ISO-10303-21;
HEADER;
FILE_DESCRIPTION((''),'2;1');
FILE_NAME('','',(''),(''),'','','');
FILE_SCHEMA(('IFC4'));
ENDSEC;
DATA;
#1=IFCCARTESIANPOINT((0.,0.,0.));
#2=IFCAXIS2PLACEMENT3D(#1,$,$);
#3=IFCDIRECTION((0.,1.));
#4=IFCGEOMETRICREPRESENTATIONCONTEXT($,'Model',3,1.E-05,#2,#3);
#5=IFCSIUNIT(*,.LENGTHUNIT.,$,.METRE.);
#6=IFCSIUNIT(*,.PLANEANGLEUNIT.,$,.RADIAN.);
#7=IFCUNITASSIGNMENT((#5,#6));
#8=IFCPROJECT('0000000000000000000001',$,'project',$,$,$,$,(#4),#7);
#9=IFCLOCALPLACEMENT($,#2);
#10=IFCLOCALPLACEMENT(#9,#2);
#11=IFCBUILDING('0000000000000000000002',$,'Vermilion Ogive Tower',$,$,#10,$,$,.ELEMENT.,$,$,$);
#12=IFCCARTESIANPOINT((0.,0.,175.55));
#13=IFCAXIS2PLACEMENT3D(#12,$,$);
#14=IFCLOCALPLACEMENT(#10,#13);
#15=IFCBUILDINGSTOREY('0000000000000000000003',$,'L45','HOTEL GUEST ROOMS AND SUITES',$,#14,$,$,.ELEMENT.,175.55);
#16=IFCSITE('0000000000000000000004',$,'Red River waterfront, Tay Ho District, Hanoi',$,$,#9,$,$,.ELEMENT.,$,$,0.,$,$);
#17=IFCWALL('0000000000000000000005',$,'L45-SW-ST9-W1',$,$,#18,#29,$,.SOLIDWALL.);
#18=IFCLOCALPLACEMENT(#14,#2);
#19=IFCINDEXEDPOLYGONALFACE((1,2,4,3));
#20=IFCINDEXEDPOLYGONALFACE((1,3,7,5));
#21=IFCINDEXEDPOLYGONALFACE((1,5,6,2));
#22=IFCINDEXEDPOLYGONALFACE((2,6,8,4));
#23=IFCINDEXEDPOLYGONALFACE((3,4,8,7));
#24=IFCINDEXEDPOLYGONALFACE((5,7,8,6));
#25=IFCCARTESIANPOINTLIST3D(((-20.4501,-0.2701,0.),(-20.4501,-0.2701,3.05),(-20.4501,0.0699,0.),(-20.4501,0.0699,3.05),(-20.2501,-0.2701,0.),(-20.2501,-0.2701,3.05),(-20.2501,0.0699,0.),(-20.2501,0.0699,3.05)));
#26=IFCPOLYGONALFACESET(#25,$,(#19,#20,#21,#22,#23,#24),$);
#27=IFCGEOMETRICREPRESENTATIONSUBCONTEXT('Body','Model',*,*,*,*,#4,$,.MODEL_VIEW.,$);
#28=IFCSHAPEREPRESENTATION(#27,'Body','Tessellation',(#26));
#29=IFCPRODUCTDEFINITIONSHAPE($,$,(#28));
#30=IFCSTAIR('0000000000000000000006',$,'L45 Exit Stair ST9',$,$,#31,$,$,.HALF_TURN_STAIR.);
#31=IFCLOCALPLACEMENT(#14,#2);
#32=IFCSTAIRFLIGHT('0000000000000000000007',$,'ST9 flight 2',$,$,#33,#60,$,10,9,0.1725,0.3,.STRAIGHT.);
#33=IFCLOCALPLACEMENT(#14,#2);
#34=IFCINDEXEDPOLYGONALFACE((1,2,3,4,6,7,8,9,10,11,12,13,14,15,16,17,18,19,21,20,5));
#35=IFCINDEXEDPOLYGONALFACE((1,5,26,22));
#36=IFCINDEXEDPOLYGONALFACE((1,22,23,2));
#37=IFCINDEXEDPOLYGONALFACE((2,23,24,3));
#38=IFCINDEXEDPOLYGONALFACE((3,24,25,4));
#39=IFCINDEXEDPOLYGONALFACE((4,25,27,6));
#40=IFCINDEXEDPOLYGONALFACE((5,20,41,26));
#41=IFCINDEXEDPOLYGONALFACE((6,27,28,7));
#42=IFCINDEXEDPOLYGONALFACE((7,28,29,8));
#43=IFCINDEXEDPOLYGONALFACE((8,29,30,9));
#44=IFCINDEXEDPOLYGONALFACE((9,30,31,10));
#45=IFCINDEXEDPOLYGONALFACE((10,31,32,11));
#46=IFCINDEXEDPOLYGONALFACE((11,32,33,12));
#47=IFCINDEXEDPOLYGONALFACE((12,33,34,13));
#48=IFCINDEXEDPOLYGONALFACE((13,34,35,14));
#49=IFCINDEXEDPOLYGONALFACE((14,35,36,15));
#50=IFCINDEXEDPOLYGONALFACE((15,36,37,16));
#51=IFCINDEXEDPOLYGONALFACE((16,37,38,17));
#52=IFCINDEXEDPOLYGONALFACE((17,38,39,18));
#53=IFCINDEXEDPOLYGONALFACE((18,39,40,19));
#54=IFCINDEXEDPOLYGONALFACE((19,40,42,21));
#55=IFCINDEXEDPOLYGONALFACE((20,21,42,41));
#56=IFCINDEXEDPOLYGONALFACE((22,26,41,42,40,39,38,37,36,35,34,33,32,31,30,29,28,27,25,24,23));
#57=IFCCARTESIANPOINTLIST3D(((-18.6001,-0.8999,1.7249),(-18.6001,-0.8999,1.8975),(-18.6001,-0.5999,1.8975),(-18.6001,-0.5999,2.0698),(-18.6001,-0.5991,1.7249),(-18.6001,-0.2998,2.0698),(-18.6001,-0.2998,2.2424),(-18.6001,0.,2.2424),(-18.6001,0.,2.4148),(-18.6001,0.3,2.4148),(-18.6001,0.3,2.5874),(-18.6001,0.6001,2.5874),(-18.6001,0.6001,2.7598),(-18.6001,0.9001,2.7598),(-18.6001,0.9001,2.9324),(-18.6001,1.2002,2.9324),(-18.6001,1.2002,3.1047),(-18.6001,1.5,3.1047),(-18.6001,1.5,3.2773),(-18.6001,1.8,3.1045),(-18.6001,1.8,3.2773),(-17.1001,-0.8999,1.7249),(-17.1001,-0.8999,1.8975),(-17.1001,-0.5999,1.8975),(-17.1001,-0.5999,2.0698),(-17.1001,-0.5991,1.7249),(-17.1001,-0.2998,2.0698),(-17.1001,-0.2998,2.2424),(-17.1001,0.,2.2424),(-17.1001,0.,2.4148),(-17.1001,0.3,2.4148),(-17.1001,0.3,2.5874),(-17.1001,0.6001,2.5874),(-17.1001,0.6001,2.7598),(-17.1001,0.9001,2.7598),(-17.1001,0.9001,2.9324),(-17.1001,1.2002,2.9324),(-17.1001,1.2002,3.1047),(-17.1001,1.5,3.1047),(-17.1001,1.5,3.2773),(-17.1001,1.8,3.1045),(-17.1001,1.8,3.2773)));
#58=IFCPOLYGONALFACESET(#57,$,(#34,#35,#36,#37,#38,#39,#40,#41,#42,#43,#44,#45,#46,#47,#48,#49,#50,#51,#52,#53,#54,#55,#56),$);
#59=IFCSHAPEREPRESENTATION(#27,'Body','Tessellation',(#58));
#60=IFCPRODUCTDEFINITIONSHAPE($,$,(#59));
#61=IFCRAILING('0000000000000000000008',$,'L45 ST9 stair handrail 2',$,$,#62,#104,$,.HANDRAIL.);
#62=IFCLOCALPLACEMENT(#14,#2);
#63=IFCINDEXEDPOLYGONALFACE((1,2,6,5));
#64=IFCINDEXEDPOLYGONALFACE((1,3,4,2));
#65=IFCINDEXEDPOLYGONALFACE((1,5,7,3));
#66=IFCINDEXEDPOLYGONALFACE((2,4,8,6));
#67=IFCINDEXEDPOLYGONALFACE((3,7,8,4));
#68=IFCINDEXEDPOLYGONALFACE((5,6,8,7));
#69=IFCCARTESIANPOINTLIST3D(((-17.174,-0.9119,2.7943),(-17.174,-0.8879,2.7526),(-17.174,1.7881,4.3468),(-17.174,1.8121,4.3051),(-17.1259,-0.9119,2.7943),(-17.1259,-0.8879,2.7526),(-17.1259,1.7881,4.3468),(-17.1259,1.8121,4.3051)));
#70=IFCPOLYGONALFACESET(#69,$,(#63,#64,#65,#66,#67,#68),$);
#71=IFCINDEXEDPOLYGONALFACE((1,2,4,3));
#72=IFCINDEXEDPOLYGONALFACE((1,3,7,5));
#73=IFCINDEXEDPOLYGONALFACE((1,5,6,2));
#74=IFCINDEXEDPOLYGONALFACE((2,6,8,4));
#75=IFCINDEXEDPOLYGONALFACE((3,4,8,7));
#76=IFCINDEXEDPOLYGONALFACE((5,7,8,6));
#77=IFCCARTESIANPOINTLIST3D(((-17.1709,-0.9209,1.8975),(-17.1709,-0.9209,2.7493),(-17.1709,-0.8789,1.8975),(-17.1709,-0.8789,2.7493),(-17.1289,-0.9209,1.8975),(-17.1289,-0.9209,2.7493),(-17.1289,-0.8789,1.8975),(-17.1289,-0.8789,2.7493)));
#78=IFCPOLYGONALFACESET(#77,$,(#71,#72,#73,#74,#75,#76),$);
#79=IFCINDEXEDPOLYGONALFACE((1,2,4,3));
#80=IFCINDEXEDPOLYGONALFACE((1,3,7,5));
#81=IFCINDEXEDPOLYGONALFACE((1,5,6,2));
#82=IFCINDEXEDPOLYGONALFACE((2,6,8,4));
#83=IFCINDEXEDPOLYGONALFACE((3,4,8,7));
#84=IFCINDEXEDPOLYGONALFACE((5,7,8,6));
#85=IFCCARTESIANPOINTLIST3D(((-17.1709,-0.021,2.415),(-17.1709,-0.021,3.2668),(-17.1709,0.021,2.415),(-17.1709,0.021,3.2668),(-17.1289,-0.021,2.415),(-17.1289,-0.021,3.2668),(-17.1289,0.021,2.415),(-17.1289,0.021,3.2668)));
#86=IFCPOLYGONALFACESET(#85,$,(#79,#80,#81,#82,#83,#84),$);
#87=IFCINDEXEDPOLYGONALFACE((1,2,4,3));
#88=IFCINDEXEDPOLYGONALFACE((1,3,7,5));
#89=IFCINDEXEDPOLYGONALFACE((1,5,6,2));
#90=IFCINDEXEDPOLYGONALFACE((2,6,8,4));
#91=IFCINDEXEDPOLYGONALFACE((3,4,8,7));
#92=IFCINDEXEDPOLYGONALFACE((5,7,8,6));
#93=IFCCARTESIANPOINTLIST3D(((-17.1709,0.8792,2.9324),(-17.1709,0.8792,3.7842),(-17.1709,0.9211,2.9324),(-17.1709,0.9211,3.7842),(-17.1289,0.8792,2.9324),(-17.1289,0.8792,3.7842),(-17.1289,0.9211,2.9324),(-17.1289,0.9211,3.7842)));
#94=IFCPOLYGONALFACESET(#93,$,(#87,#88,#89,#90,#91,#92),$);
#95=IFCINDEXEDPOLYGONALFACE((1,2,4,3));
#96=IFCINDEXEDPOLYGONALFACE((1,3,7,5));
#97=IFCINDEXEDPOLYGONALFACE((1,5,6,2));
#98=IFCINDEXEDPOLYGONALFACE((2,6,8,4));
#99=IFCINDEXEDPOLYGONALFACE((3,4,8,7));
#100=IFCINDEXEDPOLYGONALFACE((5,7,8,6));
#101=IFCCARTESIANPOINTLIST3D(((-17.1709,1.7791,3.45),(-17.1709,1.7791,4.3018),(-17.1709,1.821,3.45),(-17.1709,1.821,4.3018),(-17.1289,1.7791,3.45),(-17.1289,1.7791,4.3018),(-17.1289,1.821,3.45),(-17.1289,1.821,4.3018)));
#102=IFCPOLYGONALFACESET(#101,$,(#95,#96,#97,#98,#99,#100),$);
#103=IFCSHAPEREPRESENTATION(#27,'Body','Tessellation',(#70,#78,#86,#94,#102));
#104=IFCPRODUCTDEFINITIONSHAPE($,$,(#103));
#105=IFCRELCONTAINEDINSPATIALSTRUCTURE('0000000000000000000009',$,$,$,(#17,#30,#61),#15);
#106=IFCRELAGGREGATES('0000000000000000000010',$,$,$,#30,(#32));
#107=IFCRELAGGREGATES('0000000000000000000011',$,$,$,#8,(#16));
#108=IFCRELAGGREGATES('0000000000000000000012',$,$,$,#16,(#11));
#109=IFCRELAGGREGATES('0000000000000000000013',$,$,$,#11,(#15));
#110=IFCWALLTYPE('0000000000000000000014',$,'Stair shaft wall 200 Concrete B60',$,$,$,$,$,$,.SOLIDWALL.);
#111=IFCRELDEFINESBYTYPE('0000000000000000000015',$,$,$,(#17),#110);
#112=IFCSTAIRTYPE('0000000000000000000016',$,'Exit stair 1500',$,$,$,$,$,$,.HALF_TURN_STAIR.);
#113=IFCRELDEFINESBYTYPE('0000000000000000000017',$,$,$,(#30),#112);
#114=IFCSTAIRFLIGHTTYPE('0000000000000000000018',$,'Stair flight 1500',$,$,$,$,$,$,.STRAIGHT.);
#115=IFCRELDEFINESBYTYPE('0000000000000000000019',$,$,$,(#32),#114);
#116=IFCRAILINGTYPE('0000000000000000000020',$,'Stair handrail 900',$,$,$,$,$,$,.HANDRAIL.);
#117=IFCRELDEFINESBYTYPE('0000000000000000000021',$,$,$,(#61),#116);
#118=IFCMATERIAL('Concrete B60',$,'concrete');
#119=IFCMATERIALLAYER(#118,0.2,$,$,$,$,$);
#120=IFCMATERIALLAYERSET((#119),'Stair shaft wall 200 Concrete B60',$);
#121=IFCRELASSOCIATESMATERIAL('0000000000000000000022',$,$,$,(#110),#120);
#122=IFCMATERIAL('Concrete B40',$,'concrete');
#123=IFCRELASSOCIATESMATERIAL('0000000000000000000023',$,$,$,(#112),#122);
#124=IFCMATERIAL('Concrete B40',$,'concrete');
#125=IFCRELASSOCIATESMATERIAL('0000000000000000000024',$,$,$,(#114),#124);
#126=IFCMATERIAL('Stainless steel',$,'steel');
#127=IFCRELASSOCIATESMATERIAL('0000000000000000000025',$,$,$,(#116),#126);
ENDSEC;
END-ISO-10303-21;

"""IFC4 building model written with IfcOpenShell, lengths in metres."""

from ifc_helpers import new_model, si_unit, direction, frame, frame_2d, origin, origin_2d, place, context, subcontext, project, spatial, polyline, rectangle, outline, extrude, material, layer, layer_set, type_object, element, aggregate, save


model = new_model("IFC4")

# Units and contexts
model_context = context("Model", 3, precision=1e-05, world=origin(), true_north=direction((0.0, 1.0)))
body_context = subcontext(model_context, "Body", "Model", "MODEL_VIEW")
ifc_project = project(units=[si_unit("LENGTHUNIT", "METRE"), si_unit("PLANEANGLEUNIT", "RADIAN")], contexts=[model_context])

# Site, building, storey
site_placement = place(None, origin())
site = spatial("IfcSite", under=ifc_project, at=site_placement, Name="Red River waterfront, Tay Ho District, Hanoi", CompositionType="ELEMENT", RefElevation=0.0)
building_placement = place(site_placement, origin())
building = spatial("IfcBuilding", under=site, at=building_placement, Name="Vermilion Ogive Tower", CompositionType="ELEMENT")
storey_placement = place(building_placement, frame((0.0, 0.0, 175.55)))
storey = spatial("IfcBuildingStorey", under=building, at=storey_placement, Name="L45", Description="HOTEL GUEST ROOMS AND SUITES", CompositionType="ELEMENT", Elevation=175.55)

# Shared definitions
ifc_material_1 = material(Name="Concrete B60", Category="concrete")
ifc_layer_1 = layer(ifc_material_1, 0.2)
ifc_layer_set_1 = layer_set([ifc_layer_1], Name="Stair shaft wall 200 Concrete B60")
wall_type_1 = type_object("IfcWallType", Name="Stair shaft wall 200 Concrete B60", PredefinedType="SOLIDWALL", material=ifc_layer_set_1)

# Wall
wall_1_placement = place(storey_placement, frame((-20.3501, -0.27, 0.0), z_axis=(0.0, 0.0, 1.0), x_axis=(0.0, 1.0, 0.0)))
element("IfcWall", 1, at=wall_1_placement, inside=storey, type_object=wall_type_1, Name="L45-SW-ST9-W1", PredefinedType="SOLIDWALL", context=body_context, shape_type="SweptSolid", body=[
    extrude(rectangle(XDim=0.3401, YDim=0.2, at=frame_2d((0.1699, 0.0))), origin(), (0.0, 0.0, 1.0), 3.05),
])

# Stair, stair flight
ifc_material_2 = material(Name="Concrete B40", Category="concrete")
stair_type = type_object("IfcStairType", Name="Exit stair 1500", PredefinedType="HALF_TURN_STAIR", material=ifc_material_2)
stair_placement = place(storey_placement, origin())
stair = element("IfcStair", 2, at=stair_placement, inside=storey, type_object=stair_type, Name="L45 Exit Stair ST9", PredefinedType="HALF_TURN_STAIR")
ifc_material_3 = material(Name="Concrete B40", Category="concrete")
stair_flight_type = type_object("IfcStairFlightType", Name="Stair flight 1500", PredefinedType="STRAIGHT", material=ifc_material_3)
stair_flight_placement = place(storey_placement, frame((-17.8501, -0.8999, 1.7249), z_axis=(0.0, 0.0, 1.0), x_axis=(0.0, 1.0, 0.0)))
stair_flight = element("IfcStairFlight", 3, at=stair_flight_placement, type_object=stair_flight_type, Name="ST9 flight 2", NumberOfRisers=10, NumberOfTreads=9, PredefinedType="STRAIGHT", RiserHeight=0.1725, TreadLength=0.3, context=body_context, shape_type="SweptSolid", body=[
    extrude(outline(polyline([(0.0, 0.0), (0.0, 0.1726), (0.3, 0.1726), (0.3, 0.345), (0.6001, 0.345), (0.6001, 0.5176), (0.8999, 0.5176), (0.8999, 0.6899), (1.2, 0.6899), (1.2, 0.8625), (1.5, 0.8625), (1.5, 1.0349), (1.8, 1.0349), (1.8, 1.2075), (2.1001, 1.2075), (2.1001, 1.3799), (2.3999, 1.3799), (2.3999, 1.5525), (2.7, 1.5525), (2.7, 1.7251), (2.7, 1.3796), (0.3008, 0.0), (0.0, 0.0)])), frame((0.0, 0.75, 0.0), z_axis=(0.0, -1.0, 0.0), x_axis=(1.0, 0.0, 0.0)), (0.0, 0.0, 1.0), 1.5),
])
aggregate(stair, [stair_flight])

# Railing
ifc_material_4 = material(Name="Stainless steel", Category="steel")
railing_type = type_object("IfcRailingType", Name="Stair handrail 900", PredefinedType="HANDRAIL", material=ifc_material_4)
railing_placement = place(storey_placement, frame((-17.1499, -0.8999, 1.8975)))
element("IfcRailing", 4, at=railing_placement, inside=storey, type_object=railing_type, Name="L45 ST9 stair handrail 2", PredefinedType="HANDRAIL", context=body_context, shape_type="SweptSolid", body=[
    extrude(rectangle(XDim=0.0481, YDim=0.0481, at=origin_2d()), frame((0.0, 0.0, 0.876), z_axis=(0.0, 0.866904, 0.498476), x_axis=(-1.0, 0.0, 0.0)), (0.0, 0.0, 1.0), 3.1145),
    extrude(rectangle(XDim=0.042, YDim=0.042, at=origin_2d()), origin(), (0.0, 0.0, 1.0), 0.8518),
    extrude(rectangle(XDim=0.042, YDim=0.042, at=origin_2d()), frame((0.0, 0.8999, 0.5176)), (0.0, 0.0, 1.0), 0.8518),
    extrude(rectangle(XDim=0.042, YDim=0.042, at=origin_2d()), frame((0.0, 1.8, 1.0349)), (0.0, 0.0, 1.0), 0.8518),
    extrude(rectangle(XDim=0.042, YDim=0.042, at=origin_2d()), frame((0.0, 2.7, 1.5525)), (0.0, 0.0, 1.0), 0.8518),
])

save(model, "model.ifc")
